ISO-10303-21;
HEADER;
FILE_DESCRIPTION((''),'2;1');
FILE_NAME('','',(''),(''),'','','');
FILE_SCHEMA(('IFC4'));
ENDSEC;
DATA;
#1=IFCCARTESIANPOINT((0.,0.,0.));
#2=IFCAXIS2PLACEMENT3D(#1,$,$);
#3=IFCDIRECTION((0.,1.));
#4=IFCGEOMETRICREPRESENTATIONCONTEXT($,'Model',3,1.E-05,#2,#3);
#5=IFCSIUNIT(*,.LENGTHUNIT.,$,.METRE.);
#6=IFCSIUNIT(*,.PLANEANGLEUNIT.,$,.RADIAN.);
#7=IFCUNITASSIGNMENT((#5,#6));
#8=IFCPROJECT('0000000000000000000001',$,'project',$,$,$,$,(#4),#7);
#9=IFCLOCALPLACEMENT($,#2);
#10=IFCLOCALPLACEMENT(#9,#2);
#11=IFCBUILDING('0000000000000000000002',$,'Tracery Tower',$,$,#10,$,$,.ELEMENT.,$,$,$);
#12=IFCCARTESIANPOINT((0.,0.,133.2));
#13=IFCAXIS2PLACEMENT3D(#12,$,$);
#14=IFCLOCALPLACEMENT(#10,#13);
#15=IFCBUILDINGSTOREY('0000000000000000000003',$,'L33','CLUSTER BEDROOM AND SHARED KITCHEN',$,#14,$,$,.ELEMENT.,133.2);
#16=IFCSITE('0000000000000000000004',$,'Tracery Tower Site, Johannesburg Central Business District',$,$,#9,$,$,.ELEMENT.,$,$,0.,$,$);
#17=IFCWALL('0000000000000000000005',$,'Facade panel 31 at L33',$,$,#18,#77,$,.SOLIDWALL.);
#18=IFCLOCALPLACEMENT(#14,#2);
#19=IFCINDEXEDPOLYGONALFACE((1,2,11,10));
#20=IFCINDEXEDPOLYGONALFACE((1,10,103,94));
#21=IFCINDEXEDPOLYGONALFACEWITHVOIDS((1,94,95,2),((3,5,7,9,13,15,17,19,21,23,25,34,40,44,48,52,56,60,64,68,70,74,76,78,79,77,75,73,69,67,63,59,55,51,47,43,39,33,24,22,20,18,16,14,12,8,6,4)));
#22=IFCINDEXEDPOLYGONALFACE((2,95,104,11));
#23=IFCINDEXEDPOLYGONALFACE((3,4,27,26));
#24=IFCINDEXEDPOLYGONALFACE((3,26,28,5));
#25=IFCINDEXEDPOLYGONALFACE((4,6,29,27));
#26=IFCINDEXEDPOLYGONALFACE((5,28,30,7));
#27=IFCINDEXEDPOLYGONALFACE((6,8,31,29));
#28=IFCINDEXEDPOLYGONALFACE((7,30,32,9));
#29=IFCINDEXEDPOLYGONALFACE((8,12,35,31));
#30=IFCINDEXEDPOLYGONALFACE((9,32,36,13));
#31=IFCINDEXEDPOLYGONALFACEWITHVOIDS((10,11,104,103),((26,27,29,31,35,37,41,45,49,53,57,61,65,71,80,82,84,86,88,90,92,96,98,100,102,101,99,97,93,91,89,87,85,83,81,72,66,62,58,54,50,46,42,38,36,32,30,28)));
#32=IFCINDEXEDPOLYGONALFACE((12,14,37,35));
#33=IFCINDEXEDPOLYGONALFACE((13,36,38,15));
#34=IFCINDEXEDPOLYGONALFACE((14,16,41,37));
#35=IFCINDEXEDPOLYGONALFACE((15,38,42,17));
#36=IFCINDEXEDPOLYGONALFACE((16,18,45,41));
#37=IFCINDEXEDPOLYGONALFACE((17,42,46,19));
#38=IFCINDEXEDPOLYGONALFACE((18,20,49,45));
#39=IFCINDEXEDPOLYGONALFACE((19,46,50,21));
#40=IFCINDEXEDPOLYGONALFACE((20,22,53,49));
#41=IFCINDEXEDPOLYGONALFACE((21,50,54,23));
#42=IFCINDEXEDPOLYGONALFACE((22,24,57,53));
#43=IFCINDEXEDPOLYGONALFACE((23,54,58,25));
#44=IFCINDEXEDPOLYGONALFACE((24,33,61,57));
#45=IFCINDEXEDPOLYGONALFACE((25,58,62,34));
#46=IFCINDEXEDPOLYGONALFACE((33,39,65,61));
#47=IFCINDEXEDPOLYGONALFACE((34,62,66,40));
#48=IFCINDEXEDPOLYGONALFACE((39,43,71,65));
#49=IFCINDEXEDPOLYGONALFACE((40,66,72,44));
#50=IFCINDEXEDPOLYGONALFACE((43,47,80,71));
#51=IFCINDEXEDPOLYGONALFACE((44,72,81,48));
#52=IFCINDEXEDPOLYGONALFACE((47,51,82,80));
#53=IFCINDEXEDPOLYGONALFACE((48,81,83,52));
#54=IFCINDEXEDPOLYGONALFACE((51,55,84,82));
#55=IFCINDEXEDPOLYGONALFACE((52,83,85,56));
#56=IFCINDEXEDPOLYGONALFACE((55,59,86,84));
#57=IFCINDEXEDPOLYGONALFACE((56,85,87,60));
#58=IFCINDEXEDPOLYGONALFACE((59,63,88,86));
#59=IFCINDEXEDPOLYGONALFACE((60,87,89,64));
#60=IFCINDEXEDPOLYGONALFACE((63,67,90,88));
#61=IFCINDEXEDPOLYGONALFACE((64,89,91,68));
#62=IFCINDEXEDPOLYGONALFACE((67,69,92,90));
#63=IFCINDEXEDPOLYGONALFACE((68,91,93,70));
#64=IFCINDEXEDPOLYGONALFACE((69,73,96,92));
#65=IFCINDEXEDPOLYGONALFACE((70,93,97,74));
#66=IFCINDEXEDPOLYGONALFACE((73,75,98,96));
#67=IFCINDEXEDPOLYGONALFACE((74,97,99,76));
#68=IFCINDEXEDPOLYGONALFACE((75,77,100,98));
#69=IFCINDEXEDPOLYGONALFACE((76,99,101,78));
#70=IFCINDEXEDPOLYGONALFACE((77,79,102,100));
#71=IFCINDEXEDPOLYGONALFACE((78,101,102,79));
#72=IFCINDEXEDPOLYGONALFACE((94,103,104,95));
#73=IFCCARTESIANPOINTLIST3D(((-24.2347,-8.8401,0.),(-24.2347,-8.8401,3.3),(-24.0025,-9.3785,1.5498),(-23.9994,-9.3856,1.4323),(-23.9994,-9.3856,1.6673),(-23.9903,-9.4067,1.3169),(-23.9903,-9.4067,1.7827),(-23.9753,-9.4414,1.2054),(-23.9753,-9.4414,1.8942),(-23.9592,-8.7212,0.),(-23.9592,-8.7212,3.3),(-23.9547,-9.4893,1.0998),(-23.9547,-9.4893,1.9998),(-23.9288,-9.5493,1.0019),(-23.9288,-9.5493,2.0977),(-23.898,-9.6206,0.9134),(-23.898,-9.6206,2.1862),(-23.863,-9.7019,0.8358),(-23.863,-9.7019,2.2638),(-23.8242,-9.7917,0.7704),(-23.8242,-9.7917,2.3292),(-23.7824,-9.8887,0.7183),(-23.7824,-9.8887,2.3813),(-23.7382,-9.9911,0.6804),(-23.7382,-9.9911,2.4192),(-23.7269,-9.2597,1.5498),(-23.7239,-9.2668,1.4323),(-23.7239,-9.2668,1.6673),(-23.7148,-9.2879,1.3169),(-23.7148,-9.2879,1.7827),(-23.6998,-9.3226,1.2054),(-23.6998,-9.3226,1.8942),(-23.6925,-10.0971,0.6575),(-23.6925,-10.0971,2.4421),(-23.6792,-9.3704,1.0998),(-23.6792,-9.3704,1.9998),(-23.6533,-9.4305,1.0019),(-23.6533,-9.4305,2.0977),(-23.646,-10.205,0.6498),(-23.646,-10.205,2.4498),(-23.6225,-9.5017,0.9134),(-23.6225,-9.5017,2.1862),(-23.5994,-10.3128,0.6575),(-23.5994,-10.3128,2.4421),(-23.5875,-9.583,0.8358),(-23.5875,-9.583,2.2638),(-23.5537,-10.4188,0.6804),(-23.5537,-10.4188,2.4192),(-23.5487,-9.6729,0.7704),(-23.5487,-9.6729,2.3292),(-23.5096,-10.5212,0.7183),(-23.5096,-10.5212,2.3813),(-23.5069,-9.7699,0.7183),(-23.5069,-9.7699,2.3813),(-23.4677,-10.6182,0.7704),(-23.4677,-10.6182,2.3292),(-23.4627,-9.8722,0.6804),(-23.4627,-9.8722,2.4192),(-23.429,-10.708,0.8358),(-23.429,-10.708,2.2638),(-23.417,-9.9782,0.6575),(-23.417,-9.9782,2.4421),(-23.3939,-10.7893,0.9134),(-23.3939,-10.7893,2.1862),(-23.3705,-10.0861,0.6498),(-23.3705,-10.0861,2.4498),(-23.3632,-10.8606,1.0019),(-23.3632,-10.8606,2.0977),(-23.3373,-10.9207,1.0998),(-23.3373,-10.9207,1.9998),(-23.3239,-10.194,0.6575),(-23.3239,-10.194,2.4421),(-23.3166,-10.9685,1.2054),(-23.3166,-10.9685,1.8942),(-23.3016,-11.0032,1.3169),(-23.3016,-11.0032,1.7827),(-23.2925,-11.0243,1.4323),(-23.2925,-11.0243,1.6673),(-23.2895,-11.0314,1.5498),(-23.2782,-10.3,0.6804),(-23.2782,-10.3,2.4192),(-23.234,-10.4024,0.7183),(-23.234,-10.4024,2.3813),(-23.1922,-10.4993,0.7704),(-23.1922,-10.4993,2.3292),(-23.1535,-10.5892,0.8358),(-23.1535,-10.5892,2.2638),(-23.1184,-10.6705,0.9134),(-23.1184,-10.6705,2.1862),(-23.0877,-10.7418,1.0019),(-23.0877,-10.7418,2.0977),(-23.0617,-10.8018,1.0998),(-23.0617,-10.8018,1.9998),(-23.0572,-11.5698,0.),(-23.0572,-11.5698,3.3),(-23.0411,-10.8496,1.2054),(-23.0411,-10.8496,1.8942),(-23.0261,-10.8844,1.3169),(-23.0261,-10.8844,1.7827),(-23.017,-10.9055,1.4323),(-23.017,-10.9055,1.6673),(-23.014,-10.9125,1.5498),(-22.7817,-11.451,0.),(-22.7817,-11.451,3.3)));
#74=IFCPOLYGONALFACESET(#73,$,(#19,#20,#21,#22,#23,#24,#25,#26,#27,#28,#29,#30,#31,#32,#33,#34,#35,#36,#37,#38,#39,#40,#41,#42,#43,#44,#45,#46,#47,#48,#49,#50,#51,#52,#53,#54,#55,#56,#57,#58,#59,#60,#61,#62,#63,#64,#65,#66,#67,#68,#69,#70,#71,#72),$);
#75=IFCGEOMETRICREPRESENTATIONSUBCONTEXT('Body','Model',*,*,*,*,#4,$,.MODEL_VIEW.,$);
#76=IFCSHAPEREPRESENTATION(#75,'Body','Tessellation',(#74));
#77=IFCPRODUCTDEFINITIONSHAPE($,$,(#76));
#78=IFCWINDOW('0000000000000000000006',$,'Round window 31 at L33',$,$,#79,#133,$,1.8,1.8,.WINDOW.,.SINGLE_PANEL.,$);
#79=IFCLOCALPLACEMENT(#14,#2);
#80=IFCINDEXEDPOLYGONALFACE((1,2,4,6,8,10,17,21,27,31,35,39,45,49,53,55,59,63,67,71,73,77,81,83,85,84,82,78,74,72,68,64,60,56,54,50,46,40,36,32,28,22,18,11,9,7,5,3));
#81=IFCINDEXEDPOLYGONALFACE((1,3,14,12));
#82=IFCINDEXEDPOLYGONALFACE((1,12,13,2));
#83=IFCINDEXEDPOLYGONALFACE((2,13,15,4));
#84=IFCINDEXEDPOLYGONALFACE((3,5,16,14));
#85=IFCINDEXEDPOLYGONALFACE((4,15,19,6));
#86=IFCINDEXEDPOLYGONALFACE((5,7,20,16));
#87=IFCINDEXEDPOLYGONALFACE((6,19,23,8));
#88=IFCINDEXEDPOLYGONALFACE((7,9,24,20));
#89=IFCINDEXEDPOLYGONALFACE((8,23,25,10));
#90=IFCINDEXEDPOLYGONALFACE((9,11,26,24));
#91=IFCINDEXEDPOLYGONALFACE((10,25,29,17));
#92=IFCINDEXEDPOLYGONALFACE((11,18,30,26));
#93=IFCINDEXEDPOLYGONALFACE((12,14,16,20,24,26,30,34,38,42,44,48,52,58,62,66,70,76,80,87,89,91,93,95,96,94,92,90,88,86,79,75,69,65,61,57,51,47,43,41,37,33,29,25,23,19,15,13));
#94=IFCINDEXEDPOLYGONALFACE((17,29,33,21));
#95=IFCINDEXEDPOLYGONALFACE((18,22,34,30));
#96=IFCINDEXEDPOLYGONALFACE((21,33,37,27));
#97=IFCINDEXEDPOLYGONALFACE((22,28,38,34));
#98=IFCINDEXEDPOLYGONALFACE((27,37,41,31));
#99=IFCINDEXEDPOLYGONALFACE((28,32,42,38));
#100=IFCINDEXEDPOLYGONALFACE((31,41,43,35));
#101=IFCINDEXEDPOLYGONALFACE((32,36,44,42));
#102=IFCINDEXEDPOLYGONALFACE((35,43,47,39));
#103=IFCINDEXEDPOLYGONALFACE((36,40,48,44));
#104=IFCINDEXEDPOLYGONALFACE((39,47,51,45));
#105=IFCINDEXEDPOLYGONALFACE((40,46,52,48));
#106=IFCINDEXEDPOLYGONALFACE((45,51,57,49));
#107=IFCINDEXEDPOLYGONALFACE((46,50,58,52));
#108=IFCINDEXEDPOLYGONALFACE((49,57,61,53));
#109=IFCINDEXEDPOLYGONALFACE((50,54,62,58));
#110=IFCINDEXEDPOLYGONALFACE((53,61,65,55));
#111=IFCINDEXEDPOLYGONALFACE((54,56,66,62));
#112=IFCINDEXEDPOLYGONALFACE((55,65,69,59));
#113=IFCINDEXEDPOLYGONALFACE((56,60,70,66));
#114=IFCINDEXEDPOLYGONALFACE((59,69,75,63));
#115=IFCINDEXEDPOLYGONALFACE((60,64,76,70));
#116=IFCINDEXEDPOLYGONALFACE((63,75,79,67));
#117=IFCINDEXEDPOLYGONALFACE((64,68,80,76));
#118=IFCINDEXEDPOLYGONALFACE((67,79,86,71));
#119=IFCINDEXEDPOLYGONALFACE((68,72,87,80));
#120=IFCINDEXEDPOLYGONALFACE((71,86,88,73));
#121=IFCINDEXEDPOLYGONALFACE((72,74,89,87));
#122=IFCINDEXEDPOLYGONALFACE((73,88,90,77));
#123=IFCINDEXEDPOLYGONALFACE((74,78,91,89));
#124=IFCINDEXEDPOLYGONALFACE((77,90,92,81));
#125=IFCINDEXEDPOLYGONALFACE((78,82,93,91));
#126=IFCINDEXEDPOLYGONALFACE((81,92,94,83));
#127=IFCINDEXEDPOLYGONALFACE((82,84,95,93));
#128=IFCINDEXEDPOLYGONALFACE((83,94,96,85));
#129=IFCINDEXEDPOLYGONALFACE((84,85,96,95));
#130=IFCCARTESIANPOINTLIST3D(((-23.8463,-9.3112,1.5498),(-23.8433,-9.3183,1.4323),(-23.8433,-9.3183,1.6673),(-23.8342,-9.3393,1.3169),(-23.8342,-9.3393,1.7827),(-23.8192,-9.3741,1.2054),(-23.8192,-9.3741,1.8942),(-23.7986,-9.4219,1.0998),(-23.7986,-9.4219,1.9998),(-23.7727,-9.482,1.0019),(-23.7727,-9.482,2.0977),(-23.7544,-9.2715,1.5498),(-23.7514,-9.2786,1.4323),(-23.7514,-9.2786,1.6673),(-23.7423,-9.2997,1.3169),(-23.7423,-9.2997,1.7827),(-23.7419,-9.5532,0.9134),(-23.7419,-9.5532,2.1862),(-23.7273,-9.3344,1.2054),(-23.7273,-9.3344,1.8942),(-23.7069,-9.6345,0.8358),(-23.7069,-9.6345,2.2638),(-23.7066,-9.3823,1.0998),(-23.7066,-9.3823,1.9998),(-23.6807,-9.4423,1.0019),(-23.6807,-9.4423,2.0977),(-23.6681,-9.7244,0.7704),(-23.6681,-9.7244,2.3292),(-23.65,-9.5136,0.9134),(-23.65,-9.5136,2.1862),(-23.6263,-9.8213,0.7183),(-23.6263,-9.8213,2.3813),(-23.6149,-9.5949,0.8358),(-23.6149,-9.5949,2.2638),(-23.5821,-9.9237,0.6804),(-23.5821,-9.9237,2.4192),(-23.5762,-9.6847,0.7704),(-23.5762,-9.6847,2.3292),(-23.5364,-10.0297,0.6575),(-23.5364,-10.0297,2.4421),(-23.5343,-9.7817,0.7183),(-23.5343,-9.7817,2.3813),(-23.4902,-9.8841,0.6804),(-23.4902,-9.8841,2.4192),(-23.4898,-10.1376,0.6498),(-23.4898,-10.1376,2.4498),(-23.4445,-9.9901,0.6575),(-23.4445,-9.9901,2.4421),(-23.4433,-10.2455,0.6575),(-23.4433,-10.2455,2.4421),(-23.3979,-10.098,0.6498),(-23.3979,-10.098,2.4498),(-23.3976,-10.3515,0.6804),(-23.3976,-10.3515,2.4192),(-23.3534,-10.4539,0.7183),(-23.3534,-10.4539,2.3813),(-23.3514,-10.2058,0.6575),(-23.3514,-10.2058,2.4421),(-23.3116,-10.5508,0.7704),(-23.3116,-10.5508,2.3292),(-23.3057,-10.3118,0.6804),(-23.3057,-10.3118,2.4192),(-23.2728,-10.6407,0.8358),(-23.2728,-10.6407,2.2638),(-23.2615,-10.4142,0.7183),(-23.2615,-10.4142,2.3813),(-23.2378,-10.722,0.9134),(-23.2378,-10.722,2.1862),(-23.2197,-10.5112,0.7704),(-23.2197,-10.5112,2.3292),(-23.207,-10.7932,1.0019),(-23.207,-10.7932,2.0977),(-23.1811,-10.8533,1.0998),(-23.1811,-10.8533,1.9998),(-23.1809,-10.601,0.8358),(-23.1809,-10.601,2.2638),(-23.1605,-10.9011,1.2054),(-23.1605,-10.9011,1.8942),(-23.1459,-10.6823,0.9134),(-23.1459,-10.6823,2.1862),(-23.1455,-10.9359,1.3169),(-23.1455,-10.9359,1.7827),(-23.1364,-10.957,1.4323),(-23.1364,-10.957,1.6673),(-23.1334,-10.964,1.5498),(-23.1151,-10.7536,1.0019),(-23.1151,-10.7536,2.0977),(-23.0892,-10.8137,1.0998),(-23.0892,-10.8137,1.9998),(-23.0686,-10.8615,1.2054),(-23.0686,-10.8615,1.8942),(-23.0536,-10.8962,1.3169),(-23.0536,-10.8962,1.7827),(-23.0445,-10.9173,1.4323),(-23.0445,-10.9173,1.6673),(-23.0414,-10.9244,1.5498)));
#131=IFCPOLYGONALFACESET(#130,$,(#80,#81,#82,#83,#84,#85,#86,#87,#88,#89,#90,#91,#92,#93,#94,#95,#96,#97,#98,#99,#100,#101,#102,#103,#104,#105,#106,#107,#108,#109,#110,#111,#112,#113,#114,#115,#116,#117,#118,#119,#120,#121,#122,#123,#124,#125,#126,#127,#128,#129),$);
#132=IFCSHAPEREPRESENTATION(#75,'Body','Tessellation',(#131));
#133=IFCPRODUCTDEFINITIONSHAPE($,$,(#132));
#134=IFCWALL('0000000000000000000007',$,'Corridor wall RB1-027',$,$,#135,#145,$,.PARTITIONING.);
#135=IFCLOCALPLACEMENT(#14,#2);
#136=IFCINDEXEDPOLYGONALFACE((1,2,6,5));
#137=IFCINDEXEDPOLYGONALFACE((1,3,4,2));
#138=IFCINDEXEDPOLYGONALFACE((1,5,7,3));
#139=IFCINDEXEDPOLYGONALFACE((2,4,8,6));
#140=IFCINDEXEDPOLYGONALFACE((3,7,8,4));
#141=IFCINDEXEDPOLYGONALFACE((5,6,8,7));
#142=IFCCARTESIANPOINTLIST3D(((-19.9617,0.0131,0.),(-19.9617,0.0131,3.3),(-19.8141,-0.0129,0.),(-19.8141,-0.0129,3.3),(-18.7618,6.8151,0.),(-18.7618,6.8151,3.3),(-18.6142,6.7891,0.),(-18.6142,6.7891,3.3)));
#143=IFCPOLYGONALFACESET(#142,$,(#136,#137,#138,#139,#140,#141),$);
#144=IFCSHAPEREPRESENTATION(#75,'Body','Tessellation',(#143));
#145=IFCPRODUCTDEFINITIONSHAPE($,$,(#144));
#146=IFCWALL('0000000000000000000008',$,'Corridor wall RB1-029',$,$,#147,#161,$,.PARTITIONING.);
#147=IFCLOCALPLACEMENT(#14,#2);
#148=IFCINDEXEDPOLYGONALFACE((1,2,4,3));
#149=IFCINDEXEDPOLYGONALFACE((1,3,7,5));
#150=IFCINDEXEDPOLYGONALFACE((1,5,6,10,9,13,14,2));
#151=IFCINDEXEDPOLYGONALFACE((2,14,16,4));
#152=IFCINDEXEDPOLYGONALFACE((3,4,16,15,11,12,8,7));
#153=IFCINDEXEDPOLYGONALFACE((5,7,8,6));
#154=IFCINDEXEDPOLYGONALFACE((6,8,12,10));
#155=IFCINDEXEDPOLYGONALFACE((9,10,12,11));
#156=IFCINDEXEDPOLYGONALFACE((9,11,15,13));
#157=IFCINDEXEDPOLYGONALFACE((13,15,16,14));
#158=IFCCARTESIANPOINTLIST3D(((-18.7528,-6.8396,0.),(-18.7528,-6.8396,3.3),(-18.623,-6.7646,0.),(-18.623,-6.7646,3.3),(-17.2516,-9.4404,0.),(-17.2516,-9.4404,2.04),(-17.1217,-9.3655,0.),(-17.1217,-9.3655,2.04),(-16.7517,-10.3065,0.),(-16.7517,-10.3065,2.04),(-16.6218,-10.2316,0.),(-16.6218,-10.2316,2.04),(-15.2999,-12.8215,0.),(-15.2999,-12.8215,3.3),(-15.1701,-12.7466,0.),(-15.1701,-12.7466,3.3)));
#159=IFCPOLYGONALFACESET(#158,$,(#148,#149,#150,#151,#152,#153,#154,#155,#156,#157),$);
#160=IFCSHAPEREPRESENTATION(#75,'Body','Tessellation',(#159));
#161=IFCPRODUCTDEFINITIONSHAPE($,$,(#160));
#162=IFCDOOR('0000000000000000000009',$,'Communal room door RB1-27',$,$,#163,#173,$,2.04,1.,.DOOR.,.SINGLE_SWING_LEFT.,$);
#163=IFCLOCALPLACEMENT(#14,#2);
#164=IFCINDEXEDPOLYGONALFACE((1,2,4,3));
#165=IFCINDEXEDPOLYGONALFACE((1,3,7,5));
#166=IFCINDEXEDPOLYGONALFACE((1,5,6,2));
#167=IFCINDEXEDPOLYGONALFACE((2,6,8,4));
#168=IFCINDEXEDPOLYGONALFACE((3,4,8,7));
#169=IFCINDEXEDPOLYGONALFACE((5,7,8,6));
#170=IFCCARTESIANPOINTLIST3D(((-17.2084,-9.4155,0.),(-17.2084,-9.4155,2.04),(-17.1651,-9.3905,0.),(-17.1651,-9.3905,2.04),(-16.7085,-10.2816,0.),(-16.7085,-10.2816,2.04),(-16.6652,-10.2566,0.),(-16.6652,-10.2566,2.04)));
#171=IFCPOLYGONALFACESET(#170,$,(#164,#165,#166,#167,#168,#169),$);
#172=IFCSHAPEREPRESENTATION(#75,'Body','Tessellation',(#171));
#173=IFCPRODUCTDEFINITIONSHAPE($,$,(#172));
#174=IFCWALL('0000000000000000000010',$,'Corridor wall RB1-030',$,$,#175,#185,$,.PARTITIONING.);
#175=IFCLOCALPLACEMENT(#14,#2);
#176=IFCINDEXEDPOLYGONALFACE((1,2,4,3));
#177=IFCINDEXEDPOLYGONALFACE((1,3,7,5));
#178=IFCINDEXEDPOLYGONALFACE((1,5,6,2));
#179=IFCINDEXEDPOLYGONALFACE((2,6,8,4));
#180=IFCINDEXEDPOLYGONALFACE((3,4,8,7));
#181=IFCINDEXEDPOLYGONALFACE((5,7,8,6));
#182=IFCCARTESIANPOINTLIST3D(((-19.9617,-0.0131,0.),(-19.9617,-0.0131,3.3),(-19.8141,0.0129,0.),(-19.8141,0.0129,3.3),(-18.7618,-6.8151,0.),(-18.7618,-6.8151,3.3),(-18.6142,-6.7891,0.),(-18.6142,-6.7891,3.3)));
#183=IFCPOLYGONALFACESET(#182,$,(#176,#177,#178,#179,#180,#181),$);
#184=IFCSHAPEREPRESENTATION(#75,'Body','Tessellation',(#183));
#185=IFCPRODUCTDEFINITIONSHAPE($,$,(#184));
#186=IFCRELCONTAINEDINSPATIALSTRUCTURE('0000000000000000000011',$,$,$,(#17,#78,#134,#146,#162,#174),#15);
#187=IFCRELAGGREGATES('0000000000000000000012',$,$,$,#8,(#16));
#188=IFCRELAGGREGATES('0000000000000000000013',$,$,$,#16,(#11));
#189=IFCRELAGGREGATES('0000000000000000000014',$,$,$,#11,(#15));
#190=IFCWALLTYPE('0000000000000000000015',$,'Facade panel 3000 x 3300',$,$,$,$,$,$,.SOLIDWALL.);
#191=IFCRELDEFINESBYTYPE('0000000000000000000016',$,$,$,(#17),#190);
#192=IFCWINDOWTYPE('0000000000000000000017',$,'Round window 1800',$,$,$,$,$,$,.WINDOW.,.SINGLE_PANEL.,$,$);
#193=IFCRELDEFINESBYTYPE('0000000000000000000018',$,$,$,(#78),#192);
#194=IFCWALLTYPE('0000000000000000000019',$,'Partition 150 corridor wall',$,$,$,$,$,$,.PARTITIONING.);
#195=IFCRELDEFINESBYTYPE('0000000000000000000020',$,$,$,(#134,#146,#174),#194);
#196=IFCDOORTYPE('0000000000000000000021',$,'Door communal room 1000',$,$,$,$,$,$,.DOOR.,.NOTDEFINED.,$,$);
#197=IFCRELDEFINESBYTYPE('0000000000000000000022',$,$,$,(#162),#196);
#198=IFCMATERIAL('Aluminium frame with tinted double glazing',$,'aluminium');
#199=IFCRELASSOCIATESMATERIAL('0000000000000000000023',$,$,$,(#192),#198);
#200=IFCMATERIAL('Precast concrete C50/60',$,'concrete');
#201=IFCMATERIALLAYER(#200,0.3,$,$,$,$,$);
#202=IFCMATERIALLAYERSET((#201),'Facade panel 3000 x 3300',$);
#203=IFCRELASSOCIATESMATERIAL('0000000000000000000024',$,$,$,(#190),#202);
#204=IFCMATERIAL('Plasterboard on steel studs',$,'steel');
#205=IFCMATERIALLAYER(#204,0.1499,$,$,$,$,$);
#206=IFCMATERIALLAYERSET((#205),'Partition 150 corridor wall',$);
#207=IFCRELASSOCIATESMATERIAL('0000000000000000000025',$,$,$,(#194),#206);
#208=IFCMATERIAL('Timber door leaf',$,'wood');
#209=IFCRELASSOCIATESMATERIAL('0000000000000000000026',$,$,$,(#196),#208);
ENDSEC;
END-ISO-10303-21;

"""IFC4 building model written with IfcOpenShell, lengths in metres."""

from ifc_helpers import new_model, si_unit, direction, frame, frame_2d, origin, origin_2d, place, context, subcontext, project, spatial, rectangle, circle, extrude, material, layer, layer_set, type_object, element, fill, save


model = new_model("IFC4")

# Units and contexts
model_context = context("Model", 3, precision=1e-05, world=origin(), true_north=direction((0.0, 1.0)))
body_context = subcontext(model_context, "Body", "Model", "MODEL_VIEW")
ifc_project = project(units=[si_unit("LENGTHUNIT", "METRE"), si_unit("PLANEANGLEUNIT", "RADIAN")], contexts=[model_context])

# Site, building, storey
site_placement = place(None, origin())
site = spatial("IfcSite", under=ifc_project, at=site_placement, Name="Tracery Tower Site, Johannesburg Central Business District", CompositionType="ELEMENT", RefElevation=0.0)
building_placement = place(site_placement, origin())
building = spatial("IfcBuilding", under=site, at=building_placement, Name="Tracery Tower", CompositionType="ELEMENT")
storey_placement = place(building_placement, frame((0.0, 0.0, 133.2)))
storey = spatial("IfcBuildingStorey", under=building, at=storey_placement, Name="L33", Description="CLUSTER BEDROOM AND SHARED KITCHEN", CompositionType="ELEMENT", Elevation=133.2)

# Wall, opening, window
ifc_material_1 = material(Name="Aluminium frame with tinted double glazing", Category="aluminium")
window_type = type_object("IfcWindowType", Name="Round window 1800", PartitioningType="SINGLE_PANEL", PredefinedType="WINDOW", material=ifc_material_1)
ifc_material_2 = material(Name="Precast concrete C50/60", Category="concrete")
ifc_layer_1 = layer(ifc_material_2, 0.3)
ifc_layer_set_1 = layer_set([ifc_layer_1], Name="Facade panel 3000 x 3300")
wall_type_1 = type_object("IfcWallType", Name="Facade panel 3000 x 3300", PredefinedType="SOLIDWALL", material=ifc_layer_set_1)
wall_1_placement = place(storey_placement, frame((-24.0969, -8.7808, 0.0), z_axis=(0.0, 0.0, 1.0), x_axis=(0.396079, -0.918216, 0.0)))
wall_1 = element("IfcWall", 1, at=wall_1_placement, inside=storey, type_object=wall_type_1, Name="Facade panel 31 at L33", PredefinedType="SOLIDWALL", context=body_context, shape_type="SweptSolid", body=[
    extrude(rectangle(XDim=2.9729, YDim=0.3, at=frame_2d((1.4863, 0.0))), origin(), (0.0, 0.0, 1.0), 3.3),
])
opening_1_placement = place(wall_1_placement, frame((1.4863, 0.0, 1.5498)))
opening_1 = element("IfcOpeningElement", 2, at=opening_1_placement, cuts=wall_1, PredefinedType="OPENING", context=body_context, shape_type="SweptSolid", body=[
    extrude(circle(Radius=0.9, at=origin_2d()), frame((0.0, 0.1599, 0.0), z_axis=(0.0, -1.0, 0.0), x_axis=(1.0, 0.0, 0.0)), (0.0, 0.0, 1.0), 0.3201),
])
window_1_placement = place(opening_1_placement, origin())
window_1 = element("IfcWindow", 3, at=window_1_placement, inside=storey, type_object=window_type, Name="Round window 31 at L33", OverallHeight=1.8, OverallWidth=1.8, PartitioningType="SINGLE_PANEL", PredefinedType="WINDOW", context=body_context, shape_type="SweptSolid", body=[
    extrude(circle(Radius=0.9, at=origin_2d()), frame((0.0, 0.1201, 0.0), z_axis=(0.0, -1.0, 0.0), x_axis=(1.0, 0.0, 0.0)), (0.0, 0.0, 1.0), 0.1001),
])
fill(opening_1, window_1)

# Wall
ifc_material_3 = material(Name="Plasterboard on steel studs", Category="steel")
ifc_layer_2 = layer(ifc_material_3, 0.1499)
ifc_layer_set_2 = layer_set([ifc_layer_2], Name="Partition 150 corridor wall")
wall_type_2 = type_object("IfcWallType", Name="Partition 150 corridor wall", PredefinedType="PARTITIONING", material=ifc_layer_set_2)
wall_2_placement = place(storey_placement, frame((-19.8879, 0.0, 0.0), z_axis=(0.0, 0.0, 1.0), x_axis=(0.173729, 0.984794, 0.0)))
element("IfcWall", 4, at=wall_2_placement, inside=storey, type_object=wall_type_2, Name="Corridor wall RB1-027", PredefinedType="PARTITIONING", context=body_context, shape_type="SweptSolid", body=[
    extrude(rectangle(XDim=6.907, YDim=0.1499, at=frame_2d((3.4536, 0.0))), origin(), (0.0, 0.0, 1.0), 3.3),
])

# Wall, opening, door
wall_3_placement = place(storey_placement, frame((-18.688, -6.802, 0.0), z_axis=(0.0, 0.0, 1.0), x_axis=(0.499914, -0.866075, 0.0)))
wall_3 = element("IfcWall", 5, at=wall_3_placement, inside=storey, type_object=wall_type_2, Name="Corridor wall RB1-029", PredefinedType="PARTITIONING", context=body_context, shape_type="SweptSolid", body=[
    extrude(rectangle(XDim=6.907, YDim=0.1499, at=frame_2d((3.4536, 0.0))), origin(), (0.0, 0.0, 1.0), 3.3),
])
opening_2_placement = place(wall_3_placement, frame((3.0032, 0.0, 0.0)))
opening_2 = element("IfcOpeningElement", 6, at=opening_2_placement, cuts=wall_3, PredefinedType="OPENING", context=body_context, shape_type="SweptSolid", body=[
    extrude(rectangle(XDim=1.0, YDim=2.04, at=frame_2d((0.5, 1.02))), frame((0.0, 0.075, 0.0), z_axis=(0.0, -1.0, 0.0), x_axis=(1.0, 0.0, 0.0)), (0.0, 0.0, 1.0), 0.1499),
])
ifc_material_4 = material(Name="Timber door leaf", Category="wood")
door_type_1 = type_object("IfcDoorType", Name="Door communal room 1000", OperationType="NOTDEFINED", PredefinedType="DOOR", material=ifc_material_4)
door_1_placement = place(opening_2_placement, origin())
door_1 = element("IfcDoor", 7, at=door_1_placement, inside=storey, type_object=door_type_1, Name="Communal room door RB1-27", OperationType="SINGLE_SWING_LEFT", OverallHeight=2.04, OverallWidth=1.0, PredefinedType="DOOR", context=body_context, shape_type="SweptSolid", body=[
    extrude(rectangle(XDim=1.0, YDim=2.04, at=frame_2d((0.5, 1.02))), frame((0.0, 0.0249, 0.0), z_axis=(0.0, -1.0, 0.0), x_axis=(1.0, 0.0, 0.0)), (0.0, 0.0, 1.0), 0.05),
])
fill(opening_2, door_1)

# Wall
wall_4_placement = place(storey_placement, frame((-19.8879, 0.0, 0.0), z_axis=(0.0, 0.0, 1.0), x_axis=(0.173729, -0.984794, 0.0)))
element("IfcWall", 8, at=wall_4_placement, inside=storey, type_object=wall_type_2, Name="Corridor wall RB1-030", PredefinedType="PARTITIONING", context=body_context, shape_type="SweptSolid", body=[
    extrude(rectangle(XDim=6.907, YDim=0.1499, at=frame_2d((3.4536, 0.0))), origin(), (0.0, 0.0, 1.0), 3.3),
])

save(model, "model.ifc")
